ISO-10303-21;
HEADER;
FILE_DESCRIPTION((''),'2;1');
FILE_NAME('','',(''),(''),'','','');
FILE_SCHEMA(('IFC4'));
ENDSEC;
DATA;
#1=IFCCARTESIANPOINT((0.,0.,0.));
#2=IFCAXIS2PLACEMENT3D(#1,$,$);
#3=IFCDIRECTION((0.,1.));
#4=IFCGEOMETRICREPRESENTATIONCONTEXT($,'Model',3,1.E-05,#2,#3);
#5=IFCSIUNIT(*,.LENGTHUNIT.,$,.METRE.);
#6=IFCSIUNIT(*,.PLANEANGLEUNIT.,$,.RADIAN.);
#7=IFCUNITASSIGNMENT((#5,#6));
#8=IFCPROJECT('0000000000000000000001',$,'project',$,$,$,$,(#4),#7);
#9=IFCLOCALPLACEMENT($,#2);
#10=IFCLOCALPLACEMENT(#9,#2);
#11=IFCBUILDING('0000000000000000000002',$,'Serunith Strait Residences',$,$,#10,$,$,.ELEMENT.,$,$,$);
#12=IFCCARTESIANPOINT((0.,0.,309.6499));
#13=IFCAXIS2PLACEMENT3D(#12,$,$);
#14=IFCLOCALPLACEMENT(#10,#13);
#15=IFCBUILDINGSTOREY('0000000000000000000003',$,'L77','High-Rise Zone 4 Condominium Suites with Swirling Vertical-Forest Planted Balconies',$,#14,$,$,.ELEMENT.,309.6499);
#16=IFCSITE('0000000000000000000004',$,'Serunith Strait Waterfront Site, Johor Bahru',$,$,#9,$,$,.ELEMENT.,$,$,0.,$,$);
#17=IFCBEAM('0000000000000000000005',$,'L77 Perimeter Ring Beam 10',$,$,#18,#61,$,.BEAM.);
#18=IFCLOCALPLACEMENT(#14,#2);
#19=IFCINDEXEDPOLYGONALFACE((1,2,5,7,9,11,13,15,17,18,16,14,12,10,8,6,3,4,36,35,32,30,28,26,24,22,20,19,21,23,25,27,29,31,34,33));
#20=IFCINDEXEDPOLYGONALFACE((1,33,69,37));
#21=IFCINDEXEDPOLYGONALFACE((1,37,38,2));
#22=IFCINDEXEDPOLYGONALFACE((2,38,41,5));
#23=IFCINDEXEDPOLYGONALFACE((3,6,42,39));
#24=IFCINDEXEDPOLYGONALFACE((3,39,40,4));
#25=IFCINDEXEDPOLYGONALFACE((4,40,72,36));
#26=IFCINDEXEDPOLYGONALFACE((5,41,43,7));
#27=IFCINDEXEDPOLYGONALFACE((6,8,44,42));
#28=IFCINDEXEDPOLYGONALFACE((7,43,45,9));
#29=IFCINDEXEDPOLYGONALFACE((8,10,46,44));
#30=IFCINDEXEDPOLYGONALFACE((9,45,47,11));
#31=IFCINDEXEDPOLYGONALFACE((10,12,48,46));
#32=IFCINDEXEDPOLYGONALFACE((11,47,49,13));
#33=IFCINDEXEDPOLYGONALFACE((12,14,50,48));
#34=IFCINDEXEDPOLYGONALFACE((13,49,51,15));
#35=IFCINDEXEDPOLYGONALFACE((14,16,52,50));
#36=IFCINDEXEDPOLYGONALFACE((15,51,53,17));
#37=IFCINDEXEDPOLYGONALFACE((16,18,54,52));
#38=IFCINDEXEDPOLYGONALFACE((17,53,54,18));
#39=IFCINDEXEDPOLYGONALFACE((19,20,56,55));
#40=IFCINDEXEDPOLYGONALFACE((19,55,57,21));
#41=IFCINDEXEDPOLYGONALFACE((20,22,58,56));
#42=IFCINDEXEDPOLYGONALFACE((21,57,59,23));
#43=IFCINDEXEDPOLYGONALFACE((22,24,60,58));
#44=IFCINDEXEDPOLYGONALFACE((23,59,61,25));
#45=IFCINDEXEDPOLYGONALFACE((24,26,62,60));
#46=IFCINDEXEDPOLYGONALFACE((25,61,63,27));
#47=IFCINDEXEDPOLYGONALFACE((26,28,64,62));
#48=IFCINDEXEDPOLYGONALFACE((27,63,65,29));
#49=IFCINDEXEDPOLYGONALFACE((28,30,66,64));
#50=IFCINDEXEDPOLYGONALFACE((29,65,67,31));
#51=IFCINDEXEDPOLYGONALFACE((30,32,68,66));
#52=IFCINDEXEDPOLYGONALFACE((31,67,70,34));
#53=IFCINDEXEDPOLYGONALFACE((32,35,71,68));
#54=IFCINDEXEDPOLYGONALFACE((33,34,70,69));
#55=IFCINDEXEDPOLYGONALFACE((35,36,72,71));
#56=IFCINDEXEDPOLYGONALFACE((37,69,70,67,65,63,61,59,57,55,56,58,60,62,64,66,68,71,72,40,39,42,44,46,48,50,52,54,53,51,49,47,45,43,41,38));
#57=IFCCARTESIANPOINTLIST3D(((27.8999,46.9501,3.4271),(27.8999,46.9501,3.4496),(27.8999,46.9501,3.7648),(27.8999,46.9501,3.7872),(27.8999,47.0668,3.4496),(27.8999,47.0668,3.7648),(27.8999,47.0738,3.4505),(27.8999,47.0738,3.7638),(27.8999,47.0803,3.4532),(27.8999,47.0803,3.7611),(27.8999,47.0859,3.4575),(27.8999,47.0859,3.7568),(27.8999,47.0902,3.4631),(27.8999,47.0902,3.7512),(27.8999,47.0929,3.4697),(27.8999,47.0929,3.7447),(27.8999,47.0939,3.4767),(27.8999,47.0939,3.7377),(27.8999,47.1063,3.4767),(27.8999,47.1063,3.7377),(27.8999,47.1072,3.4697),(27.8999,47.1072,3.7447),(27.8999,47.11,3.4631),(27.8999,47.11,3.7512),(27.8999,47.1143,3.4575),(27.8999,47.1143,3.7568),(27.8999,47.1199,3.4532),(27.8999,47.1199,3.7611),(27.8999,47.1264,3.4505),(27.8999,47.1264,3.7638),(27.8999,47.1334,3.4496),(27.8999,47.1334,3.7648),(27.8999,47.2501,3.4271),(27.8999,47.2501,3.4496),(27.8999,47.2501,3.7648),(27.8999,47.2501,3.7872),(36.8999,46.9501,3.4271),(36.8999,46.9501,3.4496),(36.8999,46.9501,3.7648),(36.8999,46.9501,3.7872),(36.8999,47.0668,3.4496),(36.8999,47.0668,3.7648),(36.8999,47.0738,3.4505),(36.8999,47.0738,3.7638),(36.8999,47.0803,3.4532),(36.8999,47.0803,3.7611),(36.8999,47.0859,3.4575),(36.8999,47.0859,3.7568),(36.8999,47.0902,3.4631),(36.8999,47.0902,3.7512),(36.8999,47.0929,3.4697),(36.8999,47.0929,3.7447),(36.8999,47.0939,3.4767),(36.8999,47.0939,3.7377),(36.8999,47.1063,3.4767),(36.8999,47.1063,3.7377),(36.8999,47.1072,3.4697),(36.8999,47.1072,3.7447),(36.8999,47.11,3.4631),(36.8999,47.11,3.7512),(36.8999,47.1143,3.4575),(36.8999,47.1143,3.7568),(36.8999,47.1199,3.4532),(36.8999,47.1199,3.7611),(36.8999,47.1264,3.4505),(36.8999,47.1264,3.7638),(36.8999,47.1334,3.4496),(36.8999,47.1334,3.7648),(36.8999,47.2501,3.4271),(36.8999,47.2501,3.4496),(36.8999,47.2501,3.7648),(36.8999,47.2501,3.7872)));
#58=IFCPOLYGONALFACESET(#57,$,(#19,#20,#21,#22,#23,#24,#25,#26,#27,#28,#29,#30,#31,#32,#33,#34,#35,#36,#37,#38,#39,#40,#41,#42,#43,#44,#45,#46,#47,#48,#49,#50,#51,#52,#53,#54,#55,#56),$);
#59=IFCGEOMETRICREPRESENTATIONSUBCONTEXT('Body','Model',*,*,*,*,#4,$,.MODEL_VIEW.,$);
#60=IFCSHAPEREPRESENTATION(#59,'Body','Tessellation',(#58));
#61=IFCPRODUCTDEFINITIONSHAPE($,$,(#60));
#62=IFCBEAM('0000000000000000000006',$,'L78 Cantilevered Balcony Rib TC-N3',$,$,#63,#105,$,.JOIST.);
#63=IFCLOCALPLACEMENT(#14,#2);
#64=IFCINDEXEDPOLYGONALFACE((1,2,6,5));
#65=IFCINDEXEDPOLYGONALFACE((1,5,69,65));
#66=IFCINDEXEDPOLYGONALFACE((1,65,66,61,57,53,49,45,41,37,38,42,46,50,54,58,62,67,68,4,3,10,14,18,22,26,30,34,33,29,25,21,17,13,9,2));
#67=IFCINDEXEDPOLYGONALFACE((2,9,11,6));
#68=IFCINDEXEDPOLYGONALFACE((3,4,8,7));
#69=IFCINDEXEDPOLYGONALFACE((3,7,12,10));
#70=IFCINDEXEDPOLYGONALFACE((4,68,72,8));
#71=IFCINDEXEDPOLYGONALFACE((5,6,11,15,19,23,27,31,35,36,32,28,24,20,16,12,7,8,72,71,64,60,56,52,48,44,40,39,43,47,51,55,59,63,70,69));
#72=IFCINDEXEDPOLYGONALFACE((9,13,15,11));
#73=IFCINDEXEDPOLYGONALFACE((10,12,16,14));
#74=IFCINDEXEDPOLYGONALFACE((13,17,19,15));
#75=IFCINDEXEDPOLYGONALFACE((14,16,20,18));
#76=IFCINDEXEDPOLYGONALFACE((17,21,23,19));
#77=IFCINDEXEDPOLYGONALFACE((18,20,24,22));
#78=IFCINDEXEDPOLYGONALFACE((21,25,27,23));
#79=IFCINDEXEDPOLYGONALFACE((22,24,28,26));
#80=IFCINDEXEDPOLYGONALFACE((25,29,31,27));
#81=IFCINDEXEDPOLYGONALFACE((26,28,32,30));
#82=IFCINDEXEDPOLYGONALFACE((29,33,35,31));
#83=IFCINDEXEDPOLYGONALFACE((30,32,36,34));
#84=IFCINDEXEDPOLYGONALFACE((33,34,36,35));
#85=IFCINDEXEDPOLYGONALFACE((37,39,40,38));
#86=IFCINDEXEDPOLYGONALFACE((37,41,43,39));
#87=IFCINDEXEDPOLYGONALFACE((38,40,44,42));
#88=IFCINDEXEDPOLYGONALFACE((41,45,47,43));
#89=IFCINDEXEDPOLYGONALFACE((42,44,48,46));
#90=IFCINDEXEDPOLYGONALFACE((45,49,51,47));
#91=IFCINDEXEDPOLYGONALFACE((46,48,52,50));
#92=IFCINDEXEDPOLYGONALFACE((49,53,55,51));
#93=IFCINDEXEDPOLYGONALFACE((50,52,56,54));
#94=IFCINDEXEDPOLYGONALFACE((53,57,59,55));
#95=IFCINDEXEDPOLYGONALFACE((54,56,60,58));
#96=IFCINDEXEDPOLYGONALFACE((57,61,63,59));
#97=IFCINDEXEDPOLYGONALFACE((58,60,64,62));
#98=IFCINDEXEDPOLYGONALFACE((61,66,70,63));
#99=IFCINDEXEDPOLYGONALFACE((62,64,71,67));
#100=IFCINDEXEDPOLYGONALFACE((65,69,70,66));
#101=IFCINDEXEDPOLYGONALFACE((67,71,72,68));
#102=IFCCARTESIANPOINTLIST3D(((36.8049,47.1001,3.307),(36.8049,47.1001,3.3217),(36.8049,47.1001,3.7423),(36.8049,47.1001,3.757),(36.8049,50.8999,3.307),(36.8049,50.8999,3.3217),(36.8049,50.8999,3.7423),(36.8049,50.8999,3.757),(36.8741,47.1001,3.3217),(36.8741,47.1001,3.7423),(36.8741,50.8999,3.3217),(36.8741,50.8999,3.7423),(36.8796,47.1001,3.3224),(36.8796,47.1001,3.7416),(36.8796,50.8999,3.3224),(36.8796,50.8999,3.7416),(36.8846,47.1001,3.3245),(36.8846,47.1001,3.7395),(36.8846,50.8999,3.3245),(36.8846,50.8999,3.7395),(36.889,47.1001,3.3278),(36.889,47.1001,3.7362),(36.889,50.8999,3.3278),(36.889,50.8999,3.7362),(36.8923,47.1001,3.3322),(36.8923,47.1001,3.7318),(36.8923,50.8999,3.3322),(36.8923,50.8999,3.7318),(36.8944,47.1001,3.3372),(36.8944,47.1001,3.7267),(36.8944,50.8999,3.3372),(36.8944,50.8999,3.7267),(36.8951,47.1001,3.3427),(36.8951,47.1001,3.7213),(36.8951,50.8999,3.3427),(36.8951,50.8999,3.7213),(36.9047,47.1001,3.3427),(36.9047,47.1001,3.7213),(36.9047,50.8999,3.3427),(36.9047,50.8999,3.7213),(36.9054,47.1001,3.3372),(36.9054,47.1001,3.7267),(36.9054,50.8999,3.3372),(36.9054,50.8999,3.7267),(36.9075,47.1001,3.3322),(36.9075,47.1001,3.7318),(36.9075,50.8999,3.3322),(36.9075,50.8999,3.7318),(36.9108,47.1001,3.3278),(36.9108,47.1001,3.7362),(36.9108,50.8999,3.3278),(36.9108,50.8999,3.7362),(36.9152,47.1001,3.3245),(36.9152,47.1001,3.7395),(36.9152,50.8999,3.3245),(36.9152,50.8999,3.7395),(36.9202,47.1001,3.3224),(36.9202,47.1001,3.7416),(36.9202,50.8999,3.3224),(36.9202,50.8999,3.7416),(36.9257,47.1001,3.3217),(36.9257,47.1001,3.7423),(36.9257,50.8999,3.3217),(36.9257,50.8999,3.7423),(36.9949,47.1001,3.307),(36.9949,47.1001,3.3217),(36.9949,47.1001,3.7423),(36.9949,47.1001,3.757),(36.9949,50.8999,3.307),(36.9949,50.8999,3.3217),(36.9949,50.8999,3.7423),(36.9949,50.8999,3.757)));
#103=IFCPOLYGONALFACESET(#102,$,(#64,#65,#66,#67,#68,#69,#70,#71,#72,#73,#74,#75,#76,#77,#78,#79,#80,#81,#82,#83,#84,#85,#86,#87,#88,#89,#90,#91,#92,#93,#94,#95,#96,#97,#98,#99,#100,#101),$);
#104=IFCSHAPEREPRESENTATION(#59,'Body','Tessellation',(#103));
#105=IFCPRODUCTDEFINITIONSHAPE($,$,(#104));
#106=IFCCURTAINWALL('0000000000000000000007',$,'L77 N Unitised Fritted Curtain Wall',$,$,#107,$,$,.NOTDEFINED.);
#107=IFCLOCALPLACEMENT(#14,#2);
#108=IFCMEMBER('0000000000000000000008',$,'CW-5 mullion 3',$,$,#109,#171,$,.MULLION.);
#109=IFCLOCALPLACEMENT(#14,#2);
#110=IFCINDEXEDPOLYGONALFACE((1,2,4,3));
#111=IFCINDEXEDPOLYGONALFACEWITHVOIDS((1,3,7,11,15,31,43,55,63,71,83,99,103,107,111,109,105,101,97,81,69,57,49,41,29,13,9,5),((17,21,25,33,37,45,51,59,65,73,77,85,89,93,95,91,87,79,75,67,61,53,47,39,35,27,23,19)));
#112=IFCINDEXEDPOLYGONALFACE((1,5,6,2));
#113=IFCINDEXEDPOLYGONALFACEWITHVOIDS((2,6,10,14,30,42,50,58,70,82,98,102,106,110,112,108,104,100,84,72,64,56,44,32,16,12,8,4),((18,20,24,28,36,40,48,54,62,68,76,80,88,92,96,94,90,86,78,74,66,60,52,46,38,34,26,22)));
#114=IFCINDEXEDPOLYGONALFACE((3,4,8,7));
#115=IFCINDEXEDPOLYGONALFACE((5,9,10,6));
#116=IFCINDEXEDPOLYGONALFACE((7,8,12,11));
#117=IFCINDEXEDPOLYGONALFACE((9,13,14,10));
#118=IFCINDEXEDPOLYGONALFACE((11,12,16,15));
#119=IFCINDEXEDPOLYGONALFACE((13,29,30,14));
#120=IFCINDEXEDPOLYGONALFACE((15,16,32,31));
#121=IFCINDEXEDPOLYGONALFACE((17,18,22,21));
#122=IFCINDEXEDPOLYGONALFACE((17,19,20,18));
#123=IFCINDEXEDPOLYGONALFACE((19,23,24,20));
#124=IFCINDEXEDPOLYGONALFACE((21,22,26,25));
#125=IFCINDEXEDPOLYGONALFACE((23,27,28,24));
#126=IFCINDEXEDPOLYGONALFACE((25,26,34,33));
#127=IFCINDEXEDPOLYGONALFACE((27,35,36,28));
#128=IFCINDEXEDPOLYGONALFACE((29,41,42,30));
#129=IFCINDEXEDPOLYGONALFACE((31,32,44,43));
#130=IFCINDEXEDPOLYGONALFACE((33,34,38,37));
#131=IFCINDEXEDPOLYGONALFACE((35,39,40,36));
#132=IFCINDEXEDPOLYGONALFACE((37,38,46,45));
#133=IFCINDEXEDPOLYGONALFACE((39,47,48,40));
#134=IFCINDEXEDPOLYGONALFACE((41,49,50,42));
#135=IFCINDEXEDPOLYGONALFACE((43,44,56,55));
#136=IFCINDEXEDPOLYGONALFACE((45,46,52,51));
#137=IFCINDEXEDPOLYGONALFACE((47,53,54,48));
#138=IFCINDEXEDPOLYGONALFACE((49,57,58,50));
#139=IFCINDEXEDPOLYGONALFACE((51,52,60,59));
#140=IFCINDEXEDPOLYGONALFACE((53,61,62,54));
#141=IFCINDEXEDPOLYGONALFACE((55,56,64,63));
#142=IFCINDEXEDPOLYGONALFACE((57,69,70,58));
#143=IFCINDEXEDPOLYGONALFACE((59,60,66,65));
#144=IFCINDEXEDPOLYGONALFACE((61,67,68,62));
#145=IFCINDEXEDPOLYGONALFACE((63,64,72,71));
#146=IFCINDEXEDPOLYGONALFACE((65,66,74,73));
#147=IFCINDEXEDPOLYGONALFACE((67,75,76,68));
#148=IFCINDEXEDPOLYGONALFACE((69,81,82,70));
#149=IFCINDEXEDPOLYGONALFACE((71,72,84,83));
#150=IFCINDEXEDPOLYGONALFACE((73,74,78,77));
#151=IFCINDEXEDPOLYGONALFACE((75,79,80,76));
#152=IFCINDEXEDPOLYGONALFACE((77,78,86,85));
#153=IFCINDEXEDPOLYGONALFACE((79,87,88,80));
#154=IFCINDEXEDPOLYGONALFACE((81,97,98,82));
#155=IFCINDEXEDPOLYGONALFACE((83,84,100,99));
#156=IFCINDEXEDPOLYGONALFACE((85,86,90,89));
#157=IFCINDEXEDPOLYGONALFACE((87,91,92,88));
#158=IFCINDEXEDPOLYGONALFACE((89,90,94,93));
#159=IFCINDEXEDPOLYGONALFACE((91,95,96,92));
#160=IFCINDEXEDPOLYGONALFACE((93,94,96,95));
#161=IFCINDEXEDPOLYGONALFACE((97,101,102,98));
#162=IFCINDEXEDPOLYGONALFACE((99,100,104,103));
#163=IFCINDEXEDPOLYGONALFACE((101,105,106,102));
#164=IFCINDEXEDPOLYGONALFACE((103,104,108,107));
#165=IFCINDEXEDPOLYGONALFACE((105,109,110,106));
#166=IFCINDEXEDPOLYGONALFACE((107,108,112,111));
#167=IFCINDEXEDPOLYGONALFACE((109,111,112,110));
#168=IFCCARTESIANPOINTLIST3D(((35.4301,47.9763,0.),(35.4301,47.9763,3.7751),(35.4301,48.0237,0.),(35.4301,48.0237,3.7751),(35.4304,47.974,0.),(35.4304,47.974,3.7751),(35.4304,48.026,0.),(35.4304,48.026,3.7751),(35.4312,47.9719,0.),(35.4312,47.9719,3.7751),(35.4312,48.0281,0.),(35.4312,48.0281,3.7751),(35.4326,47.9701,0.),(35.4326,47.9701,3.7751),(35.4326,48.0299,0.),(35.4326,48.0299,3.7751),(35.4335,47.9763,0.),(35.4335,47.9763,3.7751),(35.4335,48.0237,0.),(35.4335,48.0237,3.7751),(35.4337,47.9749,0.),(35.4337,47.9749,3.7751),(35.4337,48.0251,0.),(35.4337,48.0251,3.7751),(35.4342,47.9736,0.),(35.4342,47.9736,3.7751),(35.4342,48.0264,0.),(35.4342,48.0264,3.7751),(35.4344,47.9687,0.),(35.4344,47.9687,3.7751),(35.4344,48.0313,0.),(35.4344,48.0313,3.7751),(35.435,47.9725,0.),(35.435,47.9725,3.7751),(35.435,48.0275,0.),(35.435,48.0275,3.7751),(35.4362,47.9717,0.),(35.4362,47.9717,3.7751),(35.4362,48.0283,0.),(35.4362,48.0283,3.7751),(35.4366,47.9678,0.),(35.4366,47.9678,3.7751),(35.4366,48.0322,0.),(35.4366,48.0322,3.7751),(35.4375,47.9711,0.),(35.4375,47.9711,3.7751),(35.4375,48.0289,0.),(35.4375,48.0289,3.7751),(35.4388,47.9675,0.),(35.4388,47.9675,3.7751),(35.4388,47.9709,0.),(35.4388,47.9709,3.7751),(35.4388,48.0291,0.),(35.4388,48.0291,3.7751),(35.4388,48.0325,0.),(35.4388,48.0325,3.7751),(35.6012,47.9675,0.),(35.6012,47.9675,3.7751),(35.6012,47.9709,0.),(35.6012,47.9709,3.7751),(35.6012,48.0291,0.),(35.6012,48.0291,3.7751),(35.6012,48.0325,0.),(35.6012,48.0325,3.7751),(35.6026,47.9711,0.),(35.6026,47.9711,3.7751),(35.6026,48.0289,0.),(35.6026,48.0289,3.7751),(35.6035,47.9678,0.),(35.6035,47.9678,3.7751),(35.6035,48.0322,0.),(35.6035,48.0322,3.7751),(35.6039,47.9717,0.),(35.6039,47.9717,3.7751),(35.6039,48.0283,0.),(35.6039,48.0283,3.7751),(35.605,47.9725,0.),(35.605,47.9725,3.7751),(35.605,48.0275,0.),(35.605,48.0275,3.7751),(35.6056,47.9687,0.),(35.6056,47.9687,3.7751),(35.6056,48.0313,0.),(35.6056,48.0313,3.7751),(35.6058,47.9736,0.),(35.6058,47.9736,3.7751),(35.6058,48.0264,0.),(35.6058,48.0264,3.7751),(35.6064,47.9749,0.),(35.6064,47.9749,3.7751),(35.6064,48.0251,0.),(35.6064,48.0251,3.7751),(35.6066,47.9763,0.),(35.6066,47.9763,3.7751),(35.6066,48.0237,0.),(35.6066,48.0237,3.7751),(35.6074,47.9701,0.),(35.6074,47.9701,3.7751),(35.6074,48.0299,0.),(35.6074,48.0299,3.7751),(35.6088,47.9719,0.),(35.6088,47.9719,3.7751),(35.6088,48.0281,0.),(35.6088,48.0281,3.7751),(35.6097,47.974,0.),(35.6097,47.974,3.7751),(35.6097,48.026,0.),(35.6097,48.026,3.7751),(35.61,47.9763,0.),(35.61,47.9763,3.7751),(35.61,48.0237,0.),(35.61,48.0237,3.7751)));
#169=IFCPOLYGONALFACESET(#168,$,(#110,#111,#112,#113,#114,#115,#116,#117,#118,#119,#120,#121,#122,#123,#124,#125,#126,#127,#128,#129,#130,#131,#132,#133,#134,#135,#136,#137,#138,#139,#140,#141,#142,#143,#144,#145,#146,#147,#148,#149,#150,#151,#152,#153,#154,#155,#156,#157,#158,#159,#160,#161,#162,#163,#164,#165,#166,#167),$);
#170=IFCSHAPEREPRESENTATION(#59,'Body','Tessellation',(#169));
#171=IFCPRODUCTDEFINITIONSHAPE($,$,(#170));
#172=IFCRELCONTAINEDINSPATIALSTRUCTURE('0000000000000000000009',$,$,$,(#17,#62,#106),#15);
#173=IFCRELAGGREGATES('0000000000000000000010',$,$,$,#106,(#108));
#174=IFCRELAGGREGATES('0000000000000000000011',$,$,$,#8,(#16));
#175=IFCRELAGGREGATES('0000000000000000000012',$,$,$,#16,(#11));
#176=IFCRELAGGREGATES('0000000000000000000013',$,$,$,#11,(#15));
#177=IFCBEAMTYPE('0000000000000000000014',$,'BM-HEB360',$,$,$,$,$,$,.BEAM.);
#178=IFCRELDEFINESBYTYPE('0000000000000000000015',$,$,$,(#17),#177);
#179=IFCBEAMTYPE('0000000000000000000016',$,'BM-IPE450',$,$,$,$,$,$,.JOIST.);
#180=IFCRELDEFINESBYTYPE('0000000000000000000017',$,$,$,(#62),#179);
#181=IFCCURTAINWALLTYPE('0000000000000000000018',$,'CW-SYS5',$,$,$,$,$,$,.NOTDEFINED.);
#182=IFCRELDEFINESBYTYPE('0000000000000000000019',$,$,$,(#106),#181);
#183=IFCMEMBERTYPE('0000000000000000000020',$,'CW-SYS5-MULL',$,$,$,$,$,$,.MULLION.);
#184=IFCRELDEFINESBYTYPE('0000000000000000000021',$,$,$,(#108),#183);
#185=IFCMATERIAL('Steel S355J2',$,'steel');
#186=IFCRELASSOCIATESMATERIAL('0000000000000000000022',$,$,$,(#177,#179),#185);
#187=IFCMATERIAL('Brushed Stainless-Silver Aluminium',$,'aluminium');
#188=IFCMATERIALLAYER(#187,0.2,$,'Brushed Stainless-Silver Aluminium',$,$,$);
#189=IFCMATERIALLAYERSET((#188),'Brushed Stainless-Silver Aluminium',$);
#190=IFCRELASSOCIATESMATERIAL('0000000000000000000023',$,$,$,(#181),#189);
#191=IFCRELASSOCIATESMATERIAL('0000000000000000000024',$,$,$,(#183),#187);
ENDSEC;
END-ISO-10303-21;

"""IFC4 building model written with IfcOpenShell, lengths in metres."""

from ifc_helpers import new_model, si_unit, direction, frame, origin, origin_2d, place, context, subcontext, project, spatial, hollow_rectangle, i_section, extrude, source, transform, mapped, material, layer, layer_set, material_profile, profile_set, type_object, element, aggregate, save


model = new_model("IFC4")

# Units and contexts
model_context = context("Model", 3, precision=1e-05, world=origin(), true_north=direction((0.0, 1.0)))
body_context = subcontext(model_context, "Body", "Model", "MODEL_VIEW")
ifc_project = project(units=[si_unit("LENGTHUNIT", "METRE"), si_unit("PLANEANGLEUNIT", "RADIAN")], contexts=[model_context])

# Site, building, storey
site_placement = place(None, origin())
site = spatial("IfcSite", under=ifc_project, at=site_placement, Name="Serunith Strait Waterfront Site, Johor Bahru", CompositionType="ELEMENT", RefElevation=0.0)
building_placement = place(site_placement, origin())
building = spatial("IfcBuilding", under=site, at=building_placement, Name="Serunith Strait Residences", CompositionType="ELEMENT")
storey_placement = place(building_placement, frame((0.0, 0.0, 309.6499)))
storey = spatial("IfcBuildingStorey", under=building, at=storey_placement, Name="L77", Description="High-Rise Zone 4 Condominium Suites with Swirling Vertical-Forest Planted Balconies", CompositionType="ELEMENT", Elevation=309.6499)

# Beams
ifc_material_1 = material(Name="Steel S355J2", Category="steel")
ifc_material_profile_1 = material_profile(ifc_material_1, i_section(OverallWidth=0.3, OverallDepth=0.3601, WebThickness=0.0125, FlangeThickness=0.0225, FilletRadius=0.0271, at=origin_2d()), Name="HEB 360")
ifc_profile_set_1 = profile_set([ifc_material_profile_1], Name="Steel S355J2")
beam_type_1 = type_object("IfcBeamType", Name="BM-HEB360", PredefinedType="BEAM", material=ifc_profile_set_1)
shared_shape_1 = source(origin(), body_context, "Body", "SweptSolid", [
    extrude(i_section(OverallWidth=0.3, OverallDepth=0.3601, WebThickness=0.0125, FlangeThickness=0.0225, FilletRadius=0.0271, at=origin_2d()), origin(), (0.0, 0.0, 1.0), 9.0),
])
beam_1_placement = place(storey_placement, frame((36.8999, 47.1001, 3.6072), z_axis=(-1.0, 0.0, 0.0), x_axis=(0.0, -1.0, 0.0)))
element("IfcBeam", 1, at=beam_1_placement, inside=storey, type_object=beam_type_1, Name="L77 Perimeter Ring Beam 10", PredefinedType="BEAM", context=body_context, shape_type="MappedRepresentation", body=[
    mapped(shared_shape_1, transform((0.0, 0.0, 0.0), scale=1.0)),
])
ifc_material_profile_2 = material_profile(ifc_material_1, i_section(OverallWidth=0.1899, OverallDepth=0.45, WebThickness=0.0095, FlangeThickness=0.0146, FilletRadius=0.021, at=origin_2d()), Name="IPE 450")
ifc_profile_set_2 = profile_set([ifc_material_profile_2], Name="Steel S355J2")
beam_type_2 = type_object("IfcBeamType", Name="BM-IPE450", PredefinedType="JOIST", material=ifc_profile_set_2)
shared_shape_2 = source(origin(), body_context, "Body", "SweptSolid", [
    extrude(i_section(OverallWidth=0.1899, OverallDepth=0.45, WebThickness=0.0095, FlangeThickness=0.0146, FilletRadius=0.021, at=origin_2d()), origin(), (0.0, 0.0, 1.0), 3.7998),
])
beam_2_placement = place(storey_placement, frame((36.8999, 47.1001, 3.532), z_axis=(0.0, 1.0, 0.0), x_axis=(-1.0, 0.0, 0.0)))
element("IfcBeam", 2, at=beam_2_placement, inside=storey, type_object=beam_type_2, Name="L78 Cantilevered Balcony Rib TC-N3", PredefinedType="JOIST", context=body_context, shape_type="MappedRepresentation", body=[
    mapped(shared_shape_2, transform((0.0, 0.0, 0.0), scale=1.0)),
])

# Curtain wall, member
ifc_material_2 = material(Name="Brushed Stainless-Silver Aluminium", Category="aluminium")
ifc_layer_1 = layer(ifc_material_2, 0.2, Name="Brushed Stainless-Silver Aluminium")
ifc_layer_set_1 = layer_set([ifc_layer_1], Name="Brushed Stainless-Silver Aluminium")
curtain_wall_type = type_object("IfcCurtainWallType", Name="CW-SYS5", PredefinedType="NOTDEFINED", material=ifc_layer_set_1)
curtain_wall_placement = place(storey_placement, origin())
curtain_wall = element("IfcCurtainWall", 3, at=curtain_wall_placement, inside=storey, type_object=curtain_wall_type, Name="L77 N Unitised Fritted Curtain Wall", PredefinedType="NOTDEFINED")
ifc_material_profile_3 = material_profile(ifc_material_2, hollow_rectangle(XDim=0.0649, YDim=0.1799, WallThickness=0.0034, InnerFilletRadius=0.0054, OuterFilletRadius=0.0088, at=origin_2d()), Name="ALU 180x65x3.5")
ifc_profile_set_3 = profile_set([ifc_material_profile_3], Name="Brushed Stainless-Silver Aluminium")
member_type_1 = type_object("IfcMemberType", Name="CW-SYS5-MULL", PredefinedType="MULLION", material=ifc_profile_set_3)
shared_shape_3 = source(origin(), body_context, "Body", "SweptSolid", [
    extrude(hollow_rectangle(XDim=0.0649, YDim=0.1799, WallThickness=0.0034, InnerFilletRadius=0.0054, OuterFilletRadius=0.0088, at=origin_2d()), origin(), (0.0, 0.0, 1.0), 3.7751),
])
member_1_placement = place(storey_placement, frame((35.52, 48.0, 0.0), z_axis=(0.0, 0.0, 1.0), x_axis=(0.0, -1.0, 0.0)))
member_1 = element("IfcMember", 4, at=member_1_placement, type_object=member_type_1, Name="CW-5 mullion 3", PredefinedType="MULLION", context=body_context, shape_type="MappedRepresentation", body=[
    mapped(shared_shape_3, transform((0.0, 0.0, 0.0), scale=1.0)),
])
aggregate(curtain_wall, [member_1])

save(model, "model.ifc")
